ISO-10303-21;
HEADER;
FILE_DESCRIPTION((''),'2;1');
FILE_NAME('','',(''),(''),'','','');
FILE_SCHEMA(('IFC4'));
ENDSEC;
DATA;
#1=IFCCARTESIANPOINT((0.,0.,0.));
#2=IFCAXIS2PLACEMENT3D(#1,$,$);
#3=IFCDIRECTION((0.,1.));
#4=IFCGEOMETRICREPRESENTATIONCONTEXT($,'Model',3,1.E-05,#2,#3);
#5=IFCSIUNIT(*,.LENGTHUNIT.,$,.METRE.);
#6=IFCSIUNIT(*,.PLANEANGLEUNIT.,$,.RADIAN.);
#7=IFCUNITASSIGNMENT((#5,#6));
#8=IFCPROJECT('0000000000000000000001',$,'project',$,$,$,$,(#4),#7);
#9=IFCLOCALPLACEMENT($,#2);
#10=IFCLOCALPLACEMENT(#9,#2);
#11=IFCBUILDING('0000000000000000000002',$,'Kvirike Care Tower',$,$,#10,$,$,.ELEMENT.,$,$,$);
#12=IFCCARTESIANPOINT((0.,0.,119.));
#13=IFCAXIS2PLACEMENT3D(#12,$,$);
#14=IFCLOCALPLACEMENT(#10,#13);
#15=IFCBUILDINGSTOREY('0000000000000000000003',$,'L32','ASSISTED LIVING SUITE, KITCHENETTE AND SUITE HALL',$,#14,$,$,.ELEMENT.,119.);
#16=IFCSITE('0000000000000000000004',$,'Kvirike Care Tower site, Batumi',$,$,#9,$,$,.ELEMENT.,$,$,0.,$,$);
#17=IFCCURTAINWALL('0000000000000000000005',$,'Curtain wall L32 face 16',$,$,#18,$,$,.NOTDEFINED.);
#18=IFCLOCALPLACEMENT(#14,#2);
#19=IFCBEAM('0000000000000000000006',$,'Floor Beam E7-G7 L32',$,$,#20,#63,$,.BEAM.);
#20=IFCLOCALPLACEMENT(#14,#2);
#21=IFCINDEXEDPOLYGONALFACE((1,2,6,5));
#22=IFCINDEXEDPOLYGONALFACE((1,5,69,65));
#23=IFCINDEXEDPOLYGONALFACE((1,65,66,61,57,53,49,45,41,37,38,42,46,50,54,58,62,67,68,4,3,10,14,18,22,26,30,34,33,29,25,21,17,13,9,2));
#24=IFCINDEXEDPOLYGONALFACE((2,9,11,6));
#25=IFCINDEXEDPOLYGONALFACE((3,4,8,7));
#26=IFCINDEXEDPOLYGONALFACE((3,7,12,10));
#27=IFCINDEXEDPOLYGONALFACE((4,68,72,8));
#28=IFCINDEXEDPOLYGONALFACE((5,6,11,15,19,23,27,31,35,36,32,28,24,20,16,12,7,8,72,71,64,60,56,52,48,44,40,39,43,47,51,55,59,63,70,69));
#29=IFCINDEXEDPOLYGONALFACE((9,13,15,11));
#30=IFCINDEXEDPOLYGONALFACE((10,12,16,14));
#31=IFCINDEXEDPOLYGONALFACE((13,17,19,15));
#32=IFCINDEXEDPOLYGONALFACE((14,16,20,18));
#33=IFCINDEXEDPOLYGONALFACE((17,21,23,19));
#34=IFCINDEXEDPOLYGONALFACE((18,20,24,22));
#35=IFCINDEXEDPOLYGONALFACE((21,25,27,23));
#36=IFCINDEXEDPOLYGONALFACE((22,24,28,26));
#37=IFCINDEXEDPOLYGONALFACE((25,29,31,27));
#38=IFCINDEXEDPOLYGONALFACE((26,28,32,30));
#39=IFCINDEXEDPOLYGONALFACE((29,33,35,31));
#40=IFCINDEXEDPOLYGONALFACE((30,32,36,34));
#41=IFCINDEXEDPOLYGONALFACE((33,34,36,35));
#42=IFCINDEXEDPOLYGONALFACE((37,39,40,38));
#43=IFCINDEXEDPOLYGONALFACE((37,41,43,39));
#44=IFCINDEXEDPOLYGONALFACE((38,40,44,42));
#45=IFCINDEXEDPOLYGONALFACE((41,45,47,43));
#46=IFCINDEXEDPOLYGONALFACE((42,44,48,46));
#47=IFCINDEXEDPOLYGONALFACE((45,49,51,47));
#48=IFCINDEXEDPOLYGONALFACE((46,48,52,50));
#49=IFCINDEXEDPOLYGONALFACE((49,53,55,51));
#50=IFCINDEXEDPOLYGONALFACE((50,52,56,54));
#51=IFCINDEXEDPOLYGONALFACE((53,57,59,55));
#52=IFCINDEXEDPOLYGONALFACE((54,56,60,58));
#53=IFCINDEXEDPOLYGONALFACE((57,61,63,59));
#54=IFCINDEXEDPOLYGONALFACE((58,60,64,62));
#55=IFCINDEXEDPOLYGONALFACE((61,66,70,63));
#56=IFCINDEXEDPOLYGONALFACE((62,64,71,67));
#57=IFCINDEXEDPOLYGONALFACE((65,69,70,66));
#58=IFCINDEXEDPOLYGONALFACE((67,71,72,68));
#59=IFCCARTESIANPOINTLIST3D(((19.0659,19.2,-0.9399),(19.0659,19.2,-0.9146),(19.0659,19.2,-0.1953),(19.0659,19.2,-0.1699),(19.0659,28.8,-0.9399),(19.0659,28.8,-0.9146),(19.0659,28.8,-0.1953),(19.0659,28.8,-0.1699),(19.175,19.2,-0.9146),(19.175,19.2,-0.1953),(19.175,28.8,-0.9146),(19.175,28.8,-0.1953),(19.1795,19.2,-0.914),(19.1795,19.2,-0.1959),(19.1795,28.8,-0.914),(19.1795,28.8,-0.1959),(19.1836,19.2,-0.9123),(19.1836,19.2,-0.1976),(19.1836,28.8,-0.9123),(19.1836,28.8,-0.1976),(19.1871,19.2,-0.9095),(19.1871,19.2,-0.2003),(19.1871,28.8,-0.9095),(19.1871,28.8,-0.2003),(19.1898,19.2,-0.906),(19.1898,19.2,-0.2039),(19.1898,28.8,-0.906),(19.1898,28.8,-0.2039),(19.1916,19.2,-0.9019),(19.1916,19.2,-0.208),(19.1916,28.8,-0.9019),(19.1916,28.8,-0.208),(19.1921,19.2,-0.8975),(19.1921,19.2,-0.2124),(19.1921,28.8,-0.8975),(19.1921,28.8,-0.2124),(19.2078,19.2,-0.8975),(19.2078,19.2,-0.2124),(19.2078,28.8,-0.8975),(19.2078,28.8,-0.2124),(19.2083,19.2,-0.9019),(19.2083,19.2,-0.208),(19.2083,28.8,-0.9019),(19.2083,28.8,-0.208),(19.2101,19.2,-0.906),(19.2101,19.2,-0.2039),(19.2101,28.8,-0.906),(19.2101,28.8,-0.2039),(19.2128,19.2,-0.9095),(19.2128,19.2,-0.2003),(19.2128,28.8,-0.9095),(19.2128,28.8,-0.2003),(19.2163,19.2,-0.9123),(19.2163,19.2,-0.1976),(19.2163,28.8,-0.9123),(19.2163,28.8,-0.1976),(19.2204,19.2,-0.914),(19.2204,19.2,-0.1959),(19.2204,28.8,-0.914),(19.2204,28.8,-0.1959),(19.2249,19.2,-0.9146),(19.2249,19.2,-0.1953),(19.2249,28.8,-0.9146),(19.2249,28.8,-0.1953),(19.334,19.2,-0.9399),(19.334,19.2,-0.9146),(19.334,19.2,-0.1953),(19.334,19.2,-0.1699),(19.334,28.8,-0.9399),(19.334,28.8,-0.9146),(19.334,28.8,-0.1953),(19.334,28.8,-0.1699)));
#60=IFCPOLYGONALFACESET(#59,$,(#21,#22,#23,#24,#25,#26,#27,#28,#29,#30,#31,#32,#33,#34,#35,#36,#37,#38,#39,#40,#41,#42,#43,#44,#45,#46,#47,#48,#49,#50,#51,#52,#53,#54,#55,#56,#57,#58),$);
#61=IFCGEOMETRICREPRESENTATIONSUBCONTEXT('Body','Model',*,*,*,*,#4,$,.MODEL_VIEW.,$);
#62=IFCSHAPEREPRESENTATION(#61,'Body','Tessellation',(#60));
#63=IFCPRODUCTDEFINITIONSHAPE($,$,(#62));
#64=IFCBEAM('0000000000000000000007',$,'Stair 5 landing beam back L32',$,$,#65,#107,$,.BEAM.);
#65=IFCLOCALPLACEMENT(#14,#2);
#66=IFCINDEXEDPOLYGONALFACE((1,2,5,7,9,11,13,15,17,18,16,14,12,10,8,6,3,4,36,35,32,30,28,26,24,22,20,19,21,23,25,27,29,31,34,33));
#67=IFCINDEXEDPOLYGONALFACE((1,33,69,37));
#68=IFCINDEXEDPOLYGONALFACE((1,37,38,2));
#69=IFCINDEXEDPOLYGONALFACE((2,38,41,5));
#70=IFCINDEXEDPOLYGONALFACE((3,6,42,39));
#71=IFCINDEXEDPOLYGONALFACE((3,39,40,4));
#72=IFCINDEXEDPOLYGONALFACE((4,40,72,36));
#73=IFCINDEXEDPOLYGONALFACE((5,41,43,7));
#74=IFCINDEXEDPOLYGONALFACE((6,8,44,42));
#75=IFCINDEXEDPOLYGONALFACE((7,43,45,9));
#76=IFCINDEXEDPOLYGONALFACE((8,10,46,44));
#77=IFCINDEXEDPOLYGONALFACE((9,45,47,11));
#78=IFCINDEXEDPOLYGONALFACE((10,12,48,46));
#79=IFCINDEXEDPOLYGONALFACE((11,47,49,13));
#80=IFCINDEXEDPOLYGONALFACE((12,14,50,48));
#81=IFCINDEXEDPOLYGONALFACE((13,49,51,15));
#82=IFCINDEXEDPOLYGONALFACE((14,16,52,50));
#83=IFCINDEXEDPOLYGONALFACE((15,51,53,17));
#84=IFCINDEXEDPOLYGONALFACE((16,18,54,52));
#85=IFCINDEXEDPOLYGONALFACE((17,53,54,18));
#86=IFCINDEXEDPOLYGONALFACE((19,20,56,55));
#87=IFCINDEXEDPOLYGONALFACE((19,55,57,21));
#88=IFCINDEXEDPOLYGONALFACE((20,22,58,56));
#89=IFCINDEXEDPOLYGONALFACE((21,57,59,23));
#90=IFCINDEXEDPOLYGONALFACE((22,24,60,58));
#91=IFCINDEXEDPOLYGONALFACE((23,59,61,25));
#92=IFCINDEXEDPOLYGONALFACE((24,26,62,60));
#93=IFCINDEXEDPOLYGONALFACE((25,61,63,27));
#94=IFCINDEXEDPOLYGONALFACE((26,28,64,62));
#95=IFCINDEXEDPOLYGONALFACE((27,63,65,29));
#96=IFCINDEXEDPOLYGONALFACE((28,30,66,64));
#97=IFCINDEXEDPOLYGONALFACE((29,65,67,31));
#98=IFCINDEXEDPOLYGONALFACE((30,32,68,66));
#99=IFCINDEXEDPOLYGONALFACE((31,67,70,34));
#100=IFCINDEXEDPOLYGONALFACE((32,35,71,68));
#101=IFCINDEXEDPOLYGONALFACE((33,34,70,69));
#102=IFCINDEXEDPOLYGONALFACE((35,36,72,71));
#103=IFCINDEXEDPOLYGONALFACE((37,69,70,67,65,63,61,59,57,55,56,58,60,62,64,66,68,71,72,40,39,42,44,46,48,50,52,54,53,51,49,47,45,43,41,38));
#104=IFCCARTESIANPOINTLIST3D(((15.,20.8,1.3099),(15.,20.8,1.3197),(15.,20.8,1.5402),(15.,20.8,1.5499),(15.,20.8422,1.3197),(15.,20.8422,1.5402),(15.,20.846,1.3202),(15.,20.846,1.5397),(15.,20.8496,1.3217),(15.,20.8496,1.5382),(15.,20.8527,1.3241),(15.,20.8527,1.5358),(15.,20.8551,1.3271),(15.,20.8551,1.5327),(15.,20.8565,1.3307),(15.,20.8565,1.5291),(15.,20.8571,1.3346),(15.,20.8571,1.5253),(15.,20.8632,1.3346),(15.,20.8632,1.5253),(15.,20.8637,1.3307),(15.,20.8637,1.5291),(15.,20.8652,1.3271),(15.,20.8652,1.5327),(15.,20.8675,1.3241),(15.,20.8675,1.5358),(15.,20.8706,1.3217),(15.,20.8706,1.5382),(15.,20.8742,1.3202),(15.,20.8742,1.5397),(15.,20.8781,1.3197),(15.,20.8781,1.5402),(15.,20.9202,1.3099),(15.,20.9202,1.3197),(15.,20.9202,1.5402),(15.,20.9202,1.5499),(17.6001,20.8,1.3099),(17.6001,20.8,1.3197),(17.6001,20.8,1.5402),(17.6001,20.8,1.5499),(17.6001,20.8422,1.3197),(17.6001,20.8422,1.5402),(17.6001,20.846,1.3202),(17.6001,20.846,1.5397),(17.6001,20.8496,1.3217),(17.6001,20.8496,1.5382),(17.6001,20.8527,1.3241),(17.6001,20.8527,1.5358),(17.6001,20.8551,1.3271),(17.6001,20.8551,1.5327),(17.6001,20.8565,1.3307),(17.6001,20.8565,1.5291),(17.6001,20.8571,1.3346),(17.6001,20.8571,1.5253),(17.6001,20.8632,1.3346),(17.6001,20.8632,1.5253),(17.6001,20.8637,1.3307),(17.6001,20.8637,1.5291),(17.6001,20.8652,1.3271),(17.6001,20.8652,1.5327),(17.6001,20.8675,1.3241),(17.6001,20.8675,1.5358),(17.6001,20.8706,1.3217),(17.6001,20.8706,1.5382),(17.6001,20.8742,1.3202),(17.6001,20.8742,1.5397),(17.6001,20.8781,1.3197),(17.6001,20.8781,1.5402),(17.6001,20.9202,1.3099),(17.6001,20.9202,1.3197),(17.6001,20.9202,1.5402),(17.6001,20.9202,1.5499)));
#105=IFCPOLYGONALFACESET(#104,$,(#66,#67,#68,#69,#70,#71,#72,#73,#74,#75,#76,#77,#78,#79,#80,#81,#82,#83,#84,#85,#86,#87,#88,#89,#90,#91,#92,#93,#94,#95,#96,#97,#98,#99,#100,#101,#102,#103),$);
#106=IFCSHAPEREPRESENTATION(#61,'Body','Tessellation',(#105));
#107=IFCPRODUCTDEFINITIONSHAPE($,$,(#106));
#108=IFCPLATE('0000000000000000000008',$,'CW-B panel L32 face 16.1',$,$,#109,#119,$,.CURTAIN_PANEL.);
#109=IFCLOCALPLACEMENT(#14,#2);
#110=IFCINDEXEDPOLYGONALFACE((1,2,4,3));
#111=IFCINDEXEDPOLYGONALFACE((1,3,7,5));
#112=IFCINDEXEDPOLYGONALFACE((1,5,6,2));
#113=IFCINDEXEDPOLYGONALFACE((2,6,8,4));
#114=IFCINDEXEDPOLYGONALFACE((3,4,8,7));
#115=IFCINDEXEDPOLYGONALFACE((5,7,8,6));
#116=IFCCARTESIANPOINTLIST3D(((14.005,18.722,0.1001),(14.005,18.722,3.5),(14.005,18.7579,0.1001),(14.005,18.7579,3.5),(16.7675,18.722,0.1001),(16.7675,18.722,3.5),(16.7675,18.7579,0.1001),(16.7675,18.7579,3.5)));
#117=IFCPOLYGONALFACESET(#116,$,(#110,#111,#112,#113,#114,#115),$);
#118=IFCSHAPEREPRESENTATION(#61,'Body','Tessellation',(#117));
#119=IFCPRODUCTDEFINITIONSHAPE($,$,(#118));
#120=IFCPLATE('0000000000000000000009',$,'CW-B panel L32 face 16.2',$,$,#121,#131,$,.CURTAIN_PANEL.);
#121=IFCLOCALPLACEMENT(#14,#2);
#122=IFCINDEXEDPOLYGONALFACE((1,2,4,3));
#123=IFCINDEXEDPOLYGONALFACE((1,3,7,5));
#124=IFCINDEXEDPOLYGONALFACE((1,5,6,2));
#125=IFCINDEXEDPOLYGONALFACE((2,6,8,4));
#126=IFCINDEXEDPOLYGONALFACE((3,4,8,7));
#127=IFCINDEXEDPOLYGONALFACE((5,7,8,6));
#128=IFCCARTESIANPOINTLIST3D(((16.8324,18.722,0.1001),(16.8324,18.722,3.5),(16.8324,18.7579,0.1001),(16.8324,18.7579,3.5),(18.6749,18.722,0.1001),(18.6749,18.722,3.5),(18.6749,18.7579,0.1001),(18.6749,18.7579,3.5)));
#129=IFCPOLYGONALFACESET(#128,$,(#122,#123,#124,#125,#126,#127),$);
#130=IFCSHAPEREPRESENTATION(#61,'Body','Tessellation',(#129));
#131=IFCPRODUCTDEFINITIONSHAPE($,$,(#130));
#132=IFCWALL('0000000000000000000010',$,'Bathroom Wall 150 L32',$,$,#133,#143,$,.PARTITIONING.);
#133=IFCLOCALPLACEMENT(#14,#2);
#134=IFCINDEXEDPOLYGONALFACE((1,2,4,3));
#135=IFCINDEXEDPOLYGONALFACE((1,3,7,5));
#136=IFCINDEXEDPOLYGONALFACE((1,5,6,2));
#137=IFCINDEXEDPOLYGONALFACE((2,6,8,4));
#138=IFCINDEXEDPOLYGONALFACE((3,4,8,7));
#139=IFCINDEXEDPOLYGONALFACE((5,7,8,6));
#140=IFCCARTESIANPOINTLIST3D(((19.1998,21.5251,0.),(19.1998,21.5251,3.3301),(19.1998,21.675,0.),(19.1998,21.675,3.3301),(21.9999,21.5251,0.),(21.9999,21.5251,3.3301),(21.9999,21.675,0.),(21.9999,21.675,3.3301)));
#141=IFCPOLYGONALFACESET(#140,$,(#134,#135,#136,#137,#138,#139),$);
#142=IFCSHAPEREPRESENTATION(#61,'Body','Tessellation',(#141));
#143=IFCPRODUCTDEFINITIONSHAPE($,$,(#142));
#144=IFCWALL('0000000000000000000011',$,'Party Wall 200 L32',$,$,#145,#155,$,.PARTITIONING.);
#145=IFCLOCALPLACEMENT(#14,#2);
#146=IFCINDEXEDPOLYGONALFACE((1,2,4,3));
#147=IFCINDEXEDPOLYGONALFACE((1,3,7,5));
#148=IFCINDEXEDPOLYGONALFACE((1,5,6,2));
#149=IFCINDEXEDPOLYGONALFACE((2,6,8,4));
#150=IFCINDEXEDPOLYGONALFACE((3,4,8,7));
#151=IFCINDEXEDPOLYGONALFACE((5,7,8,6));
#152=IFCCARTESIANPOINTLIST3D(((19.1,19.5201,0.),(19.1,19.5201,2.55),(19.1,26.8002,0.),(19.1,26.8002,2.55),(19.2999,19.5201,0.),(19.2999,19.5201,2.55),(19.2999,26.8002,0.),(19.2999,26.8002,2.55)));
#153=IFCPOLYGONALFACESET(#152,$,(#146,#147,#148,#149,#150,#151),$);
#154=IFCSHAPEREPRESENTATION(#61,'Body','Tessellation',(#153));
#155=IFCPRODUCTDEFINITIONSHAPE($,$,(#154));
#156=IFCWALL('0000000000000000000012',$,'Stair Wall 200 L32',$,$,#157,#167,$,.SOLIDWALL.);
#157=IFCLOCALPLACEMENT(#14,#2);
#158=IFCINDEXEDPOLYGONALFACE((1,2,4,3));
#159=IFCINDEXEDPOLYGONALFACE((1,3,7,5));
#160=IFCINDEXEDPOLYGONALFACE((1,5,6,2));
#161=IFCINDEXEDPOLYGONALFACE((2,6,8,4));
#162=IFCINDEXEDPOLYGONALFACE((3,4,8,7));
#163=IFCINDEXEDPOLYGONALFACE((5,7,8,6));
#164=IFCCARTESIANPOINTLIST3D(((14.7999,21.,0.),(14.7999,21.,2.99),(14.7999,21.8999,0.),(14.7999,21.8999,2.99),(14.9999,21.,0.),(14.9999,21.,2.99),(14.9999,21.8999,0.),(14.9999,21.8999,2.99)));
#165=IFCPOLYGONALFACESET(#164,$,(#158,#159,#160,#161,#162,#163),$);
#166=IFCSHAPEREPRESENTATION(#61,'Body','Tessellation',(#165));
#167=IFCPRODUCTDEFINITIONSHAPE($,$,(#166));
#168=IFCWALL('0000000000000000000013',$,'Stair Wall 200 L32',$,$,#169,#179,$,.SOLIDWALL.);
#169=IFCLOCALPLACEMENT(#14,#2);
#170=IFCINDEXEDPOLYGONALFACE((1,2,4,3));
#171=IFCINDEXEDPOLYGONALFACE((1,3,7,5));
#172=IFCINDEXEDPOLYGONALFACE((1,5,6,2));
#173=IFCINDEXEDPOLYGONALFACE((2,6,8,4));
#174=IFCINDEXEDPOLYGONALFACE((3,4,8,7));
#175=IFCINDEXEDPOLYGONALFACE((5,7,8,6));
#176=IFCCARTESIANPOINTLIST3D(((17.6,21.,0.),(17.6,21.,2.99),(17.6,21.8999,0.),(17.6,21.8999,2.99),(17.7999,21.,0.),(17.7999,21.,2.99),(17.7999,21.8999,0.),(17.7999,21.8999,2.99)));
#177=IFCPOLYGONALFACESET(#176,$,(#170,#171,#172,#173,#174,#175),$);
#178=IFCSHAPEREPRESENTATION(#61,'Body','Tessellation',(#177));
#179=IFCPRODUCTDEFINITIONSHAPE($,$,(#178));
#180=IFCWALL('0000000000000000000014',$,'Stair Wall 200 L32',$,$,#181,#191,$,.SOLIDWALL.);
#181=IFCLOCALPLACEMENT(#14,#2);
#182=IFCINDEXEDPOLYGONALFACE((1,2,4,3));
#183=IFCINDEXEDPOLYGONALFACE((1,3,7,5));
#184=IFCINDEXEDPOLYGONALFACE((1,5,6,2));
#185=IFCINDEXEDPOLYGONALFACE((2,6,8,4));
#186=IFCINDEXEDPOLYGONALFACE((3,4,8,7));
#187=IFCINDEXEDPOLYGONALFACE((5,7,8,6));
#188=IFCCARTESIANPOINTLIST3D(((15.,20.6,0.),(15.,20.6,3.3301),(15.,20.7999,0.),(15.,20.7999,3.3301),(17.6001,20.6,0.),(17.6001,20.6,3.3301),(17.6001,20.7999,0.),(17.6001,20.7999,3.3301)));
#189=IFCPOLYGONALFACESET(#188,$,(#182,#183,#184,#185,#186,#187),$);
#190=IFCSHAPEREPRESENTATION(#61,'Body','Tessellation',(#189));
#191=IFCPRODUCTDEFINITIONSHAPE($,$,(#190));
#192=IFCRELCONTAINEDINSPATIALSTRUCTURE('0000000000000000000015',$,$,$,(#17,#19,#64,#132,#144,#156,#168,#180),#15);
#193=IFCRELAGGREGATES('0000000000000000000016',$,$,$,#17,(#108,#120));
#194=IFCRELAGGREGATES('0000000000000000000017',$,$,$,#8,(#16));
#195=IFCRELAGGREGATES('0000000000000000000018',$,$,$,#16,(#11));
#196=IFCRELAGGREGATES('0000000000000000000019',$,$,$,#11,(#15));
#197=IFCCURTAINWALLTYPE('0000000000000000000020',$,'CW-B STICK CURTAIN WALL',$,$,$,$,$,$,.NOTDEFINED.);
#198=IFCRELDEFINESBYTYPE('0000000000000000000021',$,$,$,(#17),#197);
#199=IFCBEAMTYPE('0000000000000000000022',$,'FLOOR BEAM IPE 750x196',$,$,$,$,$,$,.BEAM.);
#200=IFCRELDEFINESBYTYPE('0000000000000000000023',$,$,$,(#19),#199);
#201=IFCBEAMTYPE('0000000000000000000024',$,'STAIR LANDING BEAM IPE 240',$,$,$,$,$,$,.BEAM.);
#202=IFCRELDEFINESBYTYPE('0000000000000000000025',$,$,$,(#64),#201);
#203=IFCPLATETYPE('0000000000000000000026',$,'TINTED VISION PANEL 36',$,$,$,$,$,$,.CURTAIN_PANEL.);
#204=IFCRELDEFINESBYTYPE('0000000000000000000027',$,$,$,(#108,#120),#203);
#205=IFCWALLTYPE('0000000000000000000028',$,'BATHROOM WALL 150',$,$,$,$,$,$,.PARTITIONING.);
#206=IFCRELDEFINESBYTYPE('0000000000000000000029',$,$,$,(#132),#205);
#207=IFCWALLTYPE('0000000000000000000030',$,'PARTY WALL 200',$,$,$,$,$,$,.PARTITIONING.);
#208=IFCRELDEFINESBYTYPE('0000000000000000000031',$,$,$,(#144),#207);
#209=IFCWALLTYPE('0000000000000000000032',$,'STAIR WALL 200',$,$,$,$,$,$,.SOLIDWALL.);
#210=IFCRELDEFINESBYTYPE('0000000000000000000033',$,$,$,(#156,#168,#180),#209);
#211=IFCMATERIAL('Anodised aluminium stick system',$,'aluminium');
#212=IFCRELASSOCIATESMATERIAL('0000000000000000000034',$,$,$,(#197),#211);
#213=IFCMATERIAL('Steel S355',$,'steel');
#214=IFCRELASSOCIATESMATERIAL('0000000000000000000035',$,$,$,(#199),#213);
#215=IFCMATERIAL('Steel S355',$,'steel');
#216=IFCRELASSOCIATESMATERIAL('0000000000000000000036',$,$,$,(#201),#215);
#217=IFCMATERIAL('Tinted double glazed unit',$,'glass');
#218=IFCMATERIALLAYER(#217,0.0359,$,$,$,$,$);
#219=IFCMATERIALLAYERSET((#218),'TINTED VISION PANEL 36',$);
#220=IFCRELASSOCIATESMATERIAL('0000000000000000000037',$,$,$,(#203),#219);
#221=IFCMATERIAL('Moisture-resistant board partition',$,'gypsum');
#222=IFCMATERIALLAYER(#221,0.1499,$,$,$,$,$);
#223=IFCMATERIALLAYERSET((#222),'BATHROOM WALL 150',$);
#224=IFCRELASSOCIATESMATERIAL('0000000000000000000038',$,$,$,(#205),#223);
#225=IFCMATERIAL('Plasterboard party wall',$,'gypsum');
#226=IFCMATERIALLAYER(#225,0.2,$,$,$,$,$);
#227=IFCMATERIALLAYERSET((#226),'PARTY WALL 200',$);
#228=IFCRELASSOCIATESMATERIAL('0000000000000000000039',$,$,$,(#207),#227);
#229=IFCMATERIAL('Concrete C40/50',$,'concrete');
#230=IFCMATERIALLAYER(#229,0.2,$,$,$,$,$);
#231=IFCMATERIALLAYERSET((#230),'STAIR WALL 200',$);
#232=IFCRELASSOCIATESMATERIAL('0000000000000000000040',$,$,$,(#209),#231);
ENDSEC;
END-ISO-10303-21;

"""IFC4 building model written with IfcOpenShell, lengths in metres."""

from ifc_helpers import new_model, si_unit, direction, frame, frame_2d, origin, origin_2d, place, context, subcontext, project, spatial, rectangle, i_section, extrude, material, layer, layer_set, material_profile, profile_set, type_object, element, aggregate, save


model = new_model("IFC4")

# Units and contexts
model_context = context("Model", 3, precision=1e-05, world=origin(), true_north=direction((0.0, 1.0)))
body_context = subcontext(model_context, "Body", "Model", "MODEL_VIEW")
ifc_project = project(units=[si_unit("LENGTHUNIT", "METRE"), si_unit("PLANEANGLEUNIT", "RADIAN")], contexts=[model_context])

# Site, building, storey
site_placement = place(None, origin())
site = spatial("IfcSite", under=ifc_project, at=site_placement, Name="Kvirike Care Tower site, Batumi", CompositionType="ELEMENT", RefElevation=0.0)
building_placement = place(site_placement, origin())
building = spatial("IfcBuilding", under=site, at=building_placement, Name="Kvirike Care Tower", CompositionType="ELEMENT")
storey_placement = place(building_placement, frame((0.0, 0.0, 119.0)))
storey = spatial("IfcBuildingStorey", under=building, at=storey_placement, Name="L32", Description="ASSISTED LIVING SUITE, KITCHENETTE AND SUITE HALL", CompositionType="ELEMENT", Elevation=119.0)

# Curtain wall
ifc_material_1 = material(Name="Anodised aluminium stick system", Category="aluminium")
curtain_wall_type = type_object("IfcCurtainWallType", Name="CW-B STICK CURTAIN WALL", PredefinedType="NOTDEFINED", material=ifc_material_1)
curtain_wall_1_placement = place(storey_placement, origin())
curtain_wall_1 = element("IfcCurtainWall", 1, at=curtain_wall_1_placement, inside=storey, type_object=curtain_wall_type, Name="Curtain wall L32 face 16", PredefinedType="NOTDEFINED")

# Beams
ifc_material_2 = material(Name="Steel S355", Category="steel")
ifc_material_profile_1 = material_profile(ifc_material_2, i_section(OverallWidth=0.2681, OverallDepth=0.77, WebThickness=0.0156, FlangeThickness=0.0254, FilletRadius=0.0171, at=origin_2d()), Name="IPE 750x196")
ifc_profile_set_1 = profile_set([ifc_material_profile_1], Name="Steel S355")
beam_type_1 = type_object("IfcBeamType", Name="FLOOR BEAM IPE 750x196", PredefinedType="BEAM", material=ifc_profile_set_1)
for number, where, z_axis, x_axis, name in (
    (2, (19.2, 19.2, -0.5549), (0.0, 1.0, 0.0), (-1.0, 0.0, 0.0), "Floor Beam E7-G7 L32"),
):
    element("IfcBeam", number, at=place(storey_placement, frame(where, z_axis=z_axis, x_axis=x_axis)), inside=storey, type_object=beam_type_1, Name=name, PredefinedType="BEAM", context=body_context, shape_type="SweptSolid", body=[
        extrude(i_section(OverallWidth=0.2681, OverallDepth=0.77, WebThickness=0.0156, FlangeThickness=0.0254, FilletRadius=0.0171, at=origin_2d()), origin(), (0.0, 0.0, 1.0), 9.6001),
    ])
ifc_material_3 = material(Name="Steel S355", Category="steel")
ifc_material_profile_2 = material_profile(ifc_material_3, i_section(OverallWidth=0.1201, OverallDepth=0.24, WebThickness=0.0061, FlangeThickness=0.0098, FilletRadius=0.0149, at=origin_2d()), Name="IPE 240")
ifc_profile_set_2 = profile_set([ifc_material_profile_2], Name="Steel S355")
beam_type_2 = type_object("IfcBeamType", Name="STAIR LANDING BEAM IPE 240", PredefinedType="BEAM", material=ifc_profile_set_2)
beam_placement = place(storey_placement, frame((15.0, 20.8601, 1.4299), z_axis=(1.0, 0.0, 0.0), x_axis=(0.0, 1.0, 0.0)))
element("IfcBeam", 3, at=beam_placement, inside=storey, type_object=beam_type_2, Name="Stair 5 landing beam back L32", PredefinedType="BEAM", context=body_context, shape_type="SweptSolid", body=[
    extrude(i_section(OverallWidth=0.1201, OverallDepth=0.24, WebThickness=0.0061, FlangeThickness=0.0098, FilletRadius=0.0149, at=origin_2d()), origin(), (0.0, 0.0, 1.0), 2.6001),
])

# Plates
ifc_material_4 = material(Name="Tinted double glazed unit", Category="glass")
ifc_layer_1 = layer(ifc_material_4, 0.0359)
ifc_layer_set_1 = layer_set([ifc_layer_1], Name="TINTED VISION PANEL 36")
plate_type = type_object("IfcPlateType", Name="TINTED VISION PANEL 36", PredefinedType="CURTAIN_PANEL", material=ifc_layer_set_1)
plate_1_placement = place(storey_placement, frame((15.3862, 18.74, 0.1001), z_axis=(0.0, 0.0, 1.0), x_axis=(1.0, 0.0, 0.0)))
plate_1 = element("IfcPlate", 4, at=plate_1_placement, type_object=plate_type, Name="CW-B panel L32 face 16.1", PredefinedType="CURTAIN_PANEL", context=body_context, shape_type="SweptSolid", body=[
    extrude(rectangle(XDim=2.7625, YDim=0.0359, at=origin_2d()), origin(), (0.0, 0.0, 1.0), 3.3999),
])
plate_2_placement = place(storey_placement, frame((17.7537, 18.74, 0.1001), z_axis=(0.0, 0.0, 1.0), x_axis=(1.0, 0.0, 0.0)))
plate_2 = element("IfcPlate", 5, at=plate_2_placement, type_object=plate_type, Name="CW-B panel L32 face 16.2", PredefinedType="CURTAIN_PANEL", context=body_context, shape_type="SweptSolid", body=[
    extrude(rectangle(XDim=1.8425, YDim=0.0359, at=origin_2d()), origin(), (0.0, 0.0, 1.0), 3.3999),
])
aggregate(curtain_wall_1, [plate_1, plate_2])

# Walls
ifc_material_5 = material(Name="Moisture-resistant board partition", Category="gypsum")
ifc_layer_2 = layer(ifc_material_5, 0.1499)
ifc_layer_set_2 = layer_set([ifc_layer_2], Name="BATHROOM WALL 150")
wall_type_1 = type_object("IfcWallType", Name="BATHROOM WALL 150", PredefinedType="PARTITIONING", material=ifc_layer_set_2)
wall_1_placement = place(storey_placement, frame((19.2, 21.6001, 0.0), z_axis=(0.0, 0.0, 1.0), x_axis=(1.0, 0.0, 0.0)))
element("IfcWall", 6, at=wall_1_placement, inside=storey, type_object=wall_type_1, Name="Bathroom Wall 150 L32", PredefinedType="PARTITIONING", context=body_context, shape_type="SweptSolid", body=[
    extrude(rectangle(XDim=2.8, YDim=0.1499, at=frame_2d((1.3999, 0.0))), origin(), (0.0, 0.0, 1.0), 3.3301),
])
ifc_material_6 = material(Name="Plasterboard party wall", Category="gypsum")
ifc_layer_3 = layer(ifc_material_6, 0.2)
ifc_layer_set_3 = layer_set([ifc_layer_3], Name="PARTY WALL 200")
wall_type_2 = type_object("IfcWallType", Name="PARTY WALL 200", PredefinedType="PARTITIONING", material=ifc_layer_set_3)
wall_2_placement = place(storey_placement, frame((19.2, 19.52, 0.0), z_axis=(0.0, 0.0, 1.0), x_axis=(0.0, 1.0, 0.0)))
element("IfcWall", 7, at=wall_2_placement, inside=storey, type_object=wall_type_2, Name="Party Wall 200 L32", PredefinedType="PARTITIONING", context=body_context, shape_type="SweptSolid", body=[
    extrude(rectangle(XDim=7.28, YDim=0.2, at=frame_2d((3.6401, 0.0))), origin(), (0.0, 0.0, 1.0), 2.55),
])
ifc_material_7 = material(Name="Concrete C40/50", Category="concrete")
ifc_layer_4 = layer(ifc_material_7, 0.2)
ifc_layer_set_4 = layer_set([ifc_layer_4], Name="STAIR WALL 200")
wall_type_3 = type_object("IfcWallType", Name="STAIR WALL 200", PredefinedType="SOLIDWALL", material=ifc_layer_set_4)
for number, where, z_axis, x_axis, name in (
    (8, (14.8999, 21.0, 0.0), (0.0, 0.0, 1.0), (0.0, 1.0, 0.0), "Stair Wall 200 L32"),
    (9, (17.7, 21.0, 0.0), (0.0, 0.0, 1.0), (0.0, 1.0, 0.0), "Stair Wall 200 L32"),
):
    element("IfcWall", number, at=place(storey_placement, frame(where, z_axis=z_axis, x_axis=x_axis)), inside=storey, type_object=wall_type_3, Name=name, PredefinedType="SOLIDWALL", context=body_context, shape_type="SweptSolid", body=[
        extrude(rectangle(XDim=0.8999, YDim=0.2, at=frame_2d((0.45, 0.0))), origin(), (0.0, 0.0, 1.0), 2.99),
    ])
wall_3_placement = place(storey_placement, frame((15.0, 20.7, 0.0), z_axis=(0.0, 0.0, 1.0), x_axis=(1.0, 0.0, 0.0)))
element("IfcWall", 10, at=wall_3_placement, inside=storey, type_object=wall_type_3, Name="Stair Wall 200 L32", PredefinedType="SOLIDWALL", context=body_context, shape_type="SweptSolid", body=[
    extrude(rectangle(XDim=2.6001, YDim=0.2, at=frame_2d((1.3, 0.0))), origin(), (0.0, 0.0, 1.0), 3.3301),
])

save(model, "model.ifc")
